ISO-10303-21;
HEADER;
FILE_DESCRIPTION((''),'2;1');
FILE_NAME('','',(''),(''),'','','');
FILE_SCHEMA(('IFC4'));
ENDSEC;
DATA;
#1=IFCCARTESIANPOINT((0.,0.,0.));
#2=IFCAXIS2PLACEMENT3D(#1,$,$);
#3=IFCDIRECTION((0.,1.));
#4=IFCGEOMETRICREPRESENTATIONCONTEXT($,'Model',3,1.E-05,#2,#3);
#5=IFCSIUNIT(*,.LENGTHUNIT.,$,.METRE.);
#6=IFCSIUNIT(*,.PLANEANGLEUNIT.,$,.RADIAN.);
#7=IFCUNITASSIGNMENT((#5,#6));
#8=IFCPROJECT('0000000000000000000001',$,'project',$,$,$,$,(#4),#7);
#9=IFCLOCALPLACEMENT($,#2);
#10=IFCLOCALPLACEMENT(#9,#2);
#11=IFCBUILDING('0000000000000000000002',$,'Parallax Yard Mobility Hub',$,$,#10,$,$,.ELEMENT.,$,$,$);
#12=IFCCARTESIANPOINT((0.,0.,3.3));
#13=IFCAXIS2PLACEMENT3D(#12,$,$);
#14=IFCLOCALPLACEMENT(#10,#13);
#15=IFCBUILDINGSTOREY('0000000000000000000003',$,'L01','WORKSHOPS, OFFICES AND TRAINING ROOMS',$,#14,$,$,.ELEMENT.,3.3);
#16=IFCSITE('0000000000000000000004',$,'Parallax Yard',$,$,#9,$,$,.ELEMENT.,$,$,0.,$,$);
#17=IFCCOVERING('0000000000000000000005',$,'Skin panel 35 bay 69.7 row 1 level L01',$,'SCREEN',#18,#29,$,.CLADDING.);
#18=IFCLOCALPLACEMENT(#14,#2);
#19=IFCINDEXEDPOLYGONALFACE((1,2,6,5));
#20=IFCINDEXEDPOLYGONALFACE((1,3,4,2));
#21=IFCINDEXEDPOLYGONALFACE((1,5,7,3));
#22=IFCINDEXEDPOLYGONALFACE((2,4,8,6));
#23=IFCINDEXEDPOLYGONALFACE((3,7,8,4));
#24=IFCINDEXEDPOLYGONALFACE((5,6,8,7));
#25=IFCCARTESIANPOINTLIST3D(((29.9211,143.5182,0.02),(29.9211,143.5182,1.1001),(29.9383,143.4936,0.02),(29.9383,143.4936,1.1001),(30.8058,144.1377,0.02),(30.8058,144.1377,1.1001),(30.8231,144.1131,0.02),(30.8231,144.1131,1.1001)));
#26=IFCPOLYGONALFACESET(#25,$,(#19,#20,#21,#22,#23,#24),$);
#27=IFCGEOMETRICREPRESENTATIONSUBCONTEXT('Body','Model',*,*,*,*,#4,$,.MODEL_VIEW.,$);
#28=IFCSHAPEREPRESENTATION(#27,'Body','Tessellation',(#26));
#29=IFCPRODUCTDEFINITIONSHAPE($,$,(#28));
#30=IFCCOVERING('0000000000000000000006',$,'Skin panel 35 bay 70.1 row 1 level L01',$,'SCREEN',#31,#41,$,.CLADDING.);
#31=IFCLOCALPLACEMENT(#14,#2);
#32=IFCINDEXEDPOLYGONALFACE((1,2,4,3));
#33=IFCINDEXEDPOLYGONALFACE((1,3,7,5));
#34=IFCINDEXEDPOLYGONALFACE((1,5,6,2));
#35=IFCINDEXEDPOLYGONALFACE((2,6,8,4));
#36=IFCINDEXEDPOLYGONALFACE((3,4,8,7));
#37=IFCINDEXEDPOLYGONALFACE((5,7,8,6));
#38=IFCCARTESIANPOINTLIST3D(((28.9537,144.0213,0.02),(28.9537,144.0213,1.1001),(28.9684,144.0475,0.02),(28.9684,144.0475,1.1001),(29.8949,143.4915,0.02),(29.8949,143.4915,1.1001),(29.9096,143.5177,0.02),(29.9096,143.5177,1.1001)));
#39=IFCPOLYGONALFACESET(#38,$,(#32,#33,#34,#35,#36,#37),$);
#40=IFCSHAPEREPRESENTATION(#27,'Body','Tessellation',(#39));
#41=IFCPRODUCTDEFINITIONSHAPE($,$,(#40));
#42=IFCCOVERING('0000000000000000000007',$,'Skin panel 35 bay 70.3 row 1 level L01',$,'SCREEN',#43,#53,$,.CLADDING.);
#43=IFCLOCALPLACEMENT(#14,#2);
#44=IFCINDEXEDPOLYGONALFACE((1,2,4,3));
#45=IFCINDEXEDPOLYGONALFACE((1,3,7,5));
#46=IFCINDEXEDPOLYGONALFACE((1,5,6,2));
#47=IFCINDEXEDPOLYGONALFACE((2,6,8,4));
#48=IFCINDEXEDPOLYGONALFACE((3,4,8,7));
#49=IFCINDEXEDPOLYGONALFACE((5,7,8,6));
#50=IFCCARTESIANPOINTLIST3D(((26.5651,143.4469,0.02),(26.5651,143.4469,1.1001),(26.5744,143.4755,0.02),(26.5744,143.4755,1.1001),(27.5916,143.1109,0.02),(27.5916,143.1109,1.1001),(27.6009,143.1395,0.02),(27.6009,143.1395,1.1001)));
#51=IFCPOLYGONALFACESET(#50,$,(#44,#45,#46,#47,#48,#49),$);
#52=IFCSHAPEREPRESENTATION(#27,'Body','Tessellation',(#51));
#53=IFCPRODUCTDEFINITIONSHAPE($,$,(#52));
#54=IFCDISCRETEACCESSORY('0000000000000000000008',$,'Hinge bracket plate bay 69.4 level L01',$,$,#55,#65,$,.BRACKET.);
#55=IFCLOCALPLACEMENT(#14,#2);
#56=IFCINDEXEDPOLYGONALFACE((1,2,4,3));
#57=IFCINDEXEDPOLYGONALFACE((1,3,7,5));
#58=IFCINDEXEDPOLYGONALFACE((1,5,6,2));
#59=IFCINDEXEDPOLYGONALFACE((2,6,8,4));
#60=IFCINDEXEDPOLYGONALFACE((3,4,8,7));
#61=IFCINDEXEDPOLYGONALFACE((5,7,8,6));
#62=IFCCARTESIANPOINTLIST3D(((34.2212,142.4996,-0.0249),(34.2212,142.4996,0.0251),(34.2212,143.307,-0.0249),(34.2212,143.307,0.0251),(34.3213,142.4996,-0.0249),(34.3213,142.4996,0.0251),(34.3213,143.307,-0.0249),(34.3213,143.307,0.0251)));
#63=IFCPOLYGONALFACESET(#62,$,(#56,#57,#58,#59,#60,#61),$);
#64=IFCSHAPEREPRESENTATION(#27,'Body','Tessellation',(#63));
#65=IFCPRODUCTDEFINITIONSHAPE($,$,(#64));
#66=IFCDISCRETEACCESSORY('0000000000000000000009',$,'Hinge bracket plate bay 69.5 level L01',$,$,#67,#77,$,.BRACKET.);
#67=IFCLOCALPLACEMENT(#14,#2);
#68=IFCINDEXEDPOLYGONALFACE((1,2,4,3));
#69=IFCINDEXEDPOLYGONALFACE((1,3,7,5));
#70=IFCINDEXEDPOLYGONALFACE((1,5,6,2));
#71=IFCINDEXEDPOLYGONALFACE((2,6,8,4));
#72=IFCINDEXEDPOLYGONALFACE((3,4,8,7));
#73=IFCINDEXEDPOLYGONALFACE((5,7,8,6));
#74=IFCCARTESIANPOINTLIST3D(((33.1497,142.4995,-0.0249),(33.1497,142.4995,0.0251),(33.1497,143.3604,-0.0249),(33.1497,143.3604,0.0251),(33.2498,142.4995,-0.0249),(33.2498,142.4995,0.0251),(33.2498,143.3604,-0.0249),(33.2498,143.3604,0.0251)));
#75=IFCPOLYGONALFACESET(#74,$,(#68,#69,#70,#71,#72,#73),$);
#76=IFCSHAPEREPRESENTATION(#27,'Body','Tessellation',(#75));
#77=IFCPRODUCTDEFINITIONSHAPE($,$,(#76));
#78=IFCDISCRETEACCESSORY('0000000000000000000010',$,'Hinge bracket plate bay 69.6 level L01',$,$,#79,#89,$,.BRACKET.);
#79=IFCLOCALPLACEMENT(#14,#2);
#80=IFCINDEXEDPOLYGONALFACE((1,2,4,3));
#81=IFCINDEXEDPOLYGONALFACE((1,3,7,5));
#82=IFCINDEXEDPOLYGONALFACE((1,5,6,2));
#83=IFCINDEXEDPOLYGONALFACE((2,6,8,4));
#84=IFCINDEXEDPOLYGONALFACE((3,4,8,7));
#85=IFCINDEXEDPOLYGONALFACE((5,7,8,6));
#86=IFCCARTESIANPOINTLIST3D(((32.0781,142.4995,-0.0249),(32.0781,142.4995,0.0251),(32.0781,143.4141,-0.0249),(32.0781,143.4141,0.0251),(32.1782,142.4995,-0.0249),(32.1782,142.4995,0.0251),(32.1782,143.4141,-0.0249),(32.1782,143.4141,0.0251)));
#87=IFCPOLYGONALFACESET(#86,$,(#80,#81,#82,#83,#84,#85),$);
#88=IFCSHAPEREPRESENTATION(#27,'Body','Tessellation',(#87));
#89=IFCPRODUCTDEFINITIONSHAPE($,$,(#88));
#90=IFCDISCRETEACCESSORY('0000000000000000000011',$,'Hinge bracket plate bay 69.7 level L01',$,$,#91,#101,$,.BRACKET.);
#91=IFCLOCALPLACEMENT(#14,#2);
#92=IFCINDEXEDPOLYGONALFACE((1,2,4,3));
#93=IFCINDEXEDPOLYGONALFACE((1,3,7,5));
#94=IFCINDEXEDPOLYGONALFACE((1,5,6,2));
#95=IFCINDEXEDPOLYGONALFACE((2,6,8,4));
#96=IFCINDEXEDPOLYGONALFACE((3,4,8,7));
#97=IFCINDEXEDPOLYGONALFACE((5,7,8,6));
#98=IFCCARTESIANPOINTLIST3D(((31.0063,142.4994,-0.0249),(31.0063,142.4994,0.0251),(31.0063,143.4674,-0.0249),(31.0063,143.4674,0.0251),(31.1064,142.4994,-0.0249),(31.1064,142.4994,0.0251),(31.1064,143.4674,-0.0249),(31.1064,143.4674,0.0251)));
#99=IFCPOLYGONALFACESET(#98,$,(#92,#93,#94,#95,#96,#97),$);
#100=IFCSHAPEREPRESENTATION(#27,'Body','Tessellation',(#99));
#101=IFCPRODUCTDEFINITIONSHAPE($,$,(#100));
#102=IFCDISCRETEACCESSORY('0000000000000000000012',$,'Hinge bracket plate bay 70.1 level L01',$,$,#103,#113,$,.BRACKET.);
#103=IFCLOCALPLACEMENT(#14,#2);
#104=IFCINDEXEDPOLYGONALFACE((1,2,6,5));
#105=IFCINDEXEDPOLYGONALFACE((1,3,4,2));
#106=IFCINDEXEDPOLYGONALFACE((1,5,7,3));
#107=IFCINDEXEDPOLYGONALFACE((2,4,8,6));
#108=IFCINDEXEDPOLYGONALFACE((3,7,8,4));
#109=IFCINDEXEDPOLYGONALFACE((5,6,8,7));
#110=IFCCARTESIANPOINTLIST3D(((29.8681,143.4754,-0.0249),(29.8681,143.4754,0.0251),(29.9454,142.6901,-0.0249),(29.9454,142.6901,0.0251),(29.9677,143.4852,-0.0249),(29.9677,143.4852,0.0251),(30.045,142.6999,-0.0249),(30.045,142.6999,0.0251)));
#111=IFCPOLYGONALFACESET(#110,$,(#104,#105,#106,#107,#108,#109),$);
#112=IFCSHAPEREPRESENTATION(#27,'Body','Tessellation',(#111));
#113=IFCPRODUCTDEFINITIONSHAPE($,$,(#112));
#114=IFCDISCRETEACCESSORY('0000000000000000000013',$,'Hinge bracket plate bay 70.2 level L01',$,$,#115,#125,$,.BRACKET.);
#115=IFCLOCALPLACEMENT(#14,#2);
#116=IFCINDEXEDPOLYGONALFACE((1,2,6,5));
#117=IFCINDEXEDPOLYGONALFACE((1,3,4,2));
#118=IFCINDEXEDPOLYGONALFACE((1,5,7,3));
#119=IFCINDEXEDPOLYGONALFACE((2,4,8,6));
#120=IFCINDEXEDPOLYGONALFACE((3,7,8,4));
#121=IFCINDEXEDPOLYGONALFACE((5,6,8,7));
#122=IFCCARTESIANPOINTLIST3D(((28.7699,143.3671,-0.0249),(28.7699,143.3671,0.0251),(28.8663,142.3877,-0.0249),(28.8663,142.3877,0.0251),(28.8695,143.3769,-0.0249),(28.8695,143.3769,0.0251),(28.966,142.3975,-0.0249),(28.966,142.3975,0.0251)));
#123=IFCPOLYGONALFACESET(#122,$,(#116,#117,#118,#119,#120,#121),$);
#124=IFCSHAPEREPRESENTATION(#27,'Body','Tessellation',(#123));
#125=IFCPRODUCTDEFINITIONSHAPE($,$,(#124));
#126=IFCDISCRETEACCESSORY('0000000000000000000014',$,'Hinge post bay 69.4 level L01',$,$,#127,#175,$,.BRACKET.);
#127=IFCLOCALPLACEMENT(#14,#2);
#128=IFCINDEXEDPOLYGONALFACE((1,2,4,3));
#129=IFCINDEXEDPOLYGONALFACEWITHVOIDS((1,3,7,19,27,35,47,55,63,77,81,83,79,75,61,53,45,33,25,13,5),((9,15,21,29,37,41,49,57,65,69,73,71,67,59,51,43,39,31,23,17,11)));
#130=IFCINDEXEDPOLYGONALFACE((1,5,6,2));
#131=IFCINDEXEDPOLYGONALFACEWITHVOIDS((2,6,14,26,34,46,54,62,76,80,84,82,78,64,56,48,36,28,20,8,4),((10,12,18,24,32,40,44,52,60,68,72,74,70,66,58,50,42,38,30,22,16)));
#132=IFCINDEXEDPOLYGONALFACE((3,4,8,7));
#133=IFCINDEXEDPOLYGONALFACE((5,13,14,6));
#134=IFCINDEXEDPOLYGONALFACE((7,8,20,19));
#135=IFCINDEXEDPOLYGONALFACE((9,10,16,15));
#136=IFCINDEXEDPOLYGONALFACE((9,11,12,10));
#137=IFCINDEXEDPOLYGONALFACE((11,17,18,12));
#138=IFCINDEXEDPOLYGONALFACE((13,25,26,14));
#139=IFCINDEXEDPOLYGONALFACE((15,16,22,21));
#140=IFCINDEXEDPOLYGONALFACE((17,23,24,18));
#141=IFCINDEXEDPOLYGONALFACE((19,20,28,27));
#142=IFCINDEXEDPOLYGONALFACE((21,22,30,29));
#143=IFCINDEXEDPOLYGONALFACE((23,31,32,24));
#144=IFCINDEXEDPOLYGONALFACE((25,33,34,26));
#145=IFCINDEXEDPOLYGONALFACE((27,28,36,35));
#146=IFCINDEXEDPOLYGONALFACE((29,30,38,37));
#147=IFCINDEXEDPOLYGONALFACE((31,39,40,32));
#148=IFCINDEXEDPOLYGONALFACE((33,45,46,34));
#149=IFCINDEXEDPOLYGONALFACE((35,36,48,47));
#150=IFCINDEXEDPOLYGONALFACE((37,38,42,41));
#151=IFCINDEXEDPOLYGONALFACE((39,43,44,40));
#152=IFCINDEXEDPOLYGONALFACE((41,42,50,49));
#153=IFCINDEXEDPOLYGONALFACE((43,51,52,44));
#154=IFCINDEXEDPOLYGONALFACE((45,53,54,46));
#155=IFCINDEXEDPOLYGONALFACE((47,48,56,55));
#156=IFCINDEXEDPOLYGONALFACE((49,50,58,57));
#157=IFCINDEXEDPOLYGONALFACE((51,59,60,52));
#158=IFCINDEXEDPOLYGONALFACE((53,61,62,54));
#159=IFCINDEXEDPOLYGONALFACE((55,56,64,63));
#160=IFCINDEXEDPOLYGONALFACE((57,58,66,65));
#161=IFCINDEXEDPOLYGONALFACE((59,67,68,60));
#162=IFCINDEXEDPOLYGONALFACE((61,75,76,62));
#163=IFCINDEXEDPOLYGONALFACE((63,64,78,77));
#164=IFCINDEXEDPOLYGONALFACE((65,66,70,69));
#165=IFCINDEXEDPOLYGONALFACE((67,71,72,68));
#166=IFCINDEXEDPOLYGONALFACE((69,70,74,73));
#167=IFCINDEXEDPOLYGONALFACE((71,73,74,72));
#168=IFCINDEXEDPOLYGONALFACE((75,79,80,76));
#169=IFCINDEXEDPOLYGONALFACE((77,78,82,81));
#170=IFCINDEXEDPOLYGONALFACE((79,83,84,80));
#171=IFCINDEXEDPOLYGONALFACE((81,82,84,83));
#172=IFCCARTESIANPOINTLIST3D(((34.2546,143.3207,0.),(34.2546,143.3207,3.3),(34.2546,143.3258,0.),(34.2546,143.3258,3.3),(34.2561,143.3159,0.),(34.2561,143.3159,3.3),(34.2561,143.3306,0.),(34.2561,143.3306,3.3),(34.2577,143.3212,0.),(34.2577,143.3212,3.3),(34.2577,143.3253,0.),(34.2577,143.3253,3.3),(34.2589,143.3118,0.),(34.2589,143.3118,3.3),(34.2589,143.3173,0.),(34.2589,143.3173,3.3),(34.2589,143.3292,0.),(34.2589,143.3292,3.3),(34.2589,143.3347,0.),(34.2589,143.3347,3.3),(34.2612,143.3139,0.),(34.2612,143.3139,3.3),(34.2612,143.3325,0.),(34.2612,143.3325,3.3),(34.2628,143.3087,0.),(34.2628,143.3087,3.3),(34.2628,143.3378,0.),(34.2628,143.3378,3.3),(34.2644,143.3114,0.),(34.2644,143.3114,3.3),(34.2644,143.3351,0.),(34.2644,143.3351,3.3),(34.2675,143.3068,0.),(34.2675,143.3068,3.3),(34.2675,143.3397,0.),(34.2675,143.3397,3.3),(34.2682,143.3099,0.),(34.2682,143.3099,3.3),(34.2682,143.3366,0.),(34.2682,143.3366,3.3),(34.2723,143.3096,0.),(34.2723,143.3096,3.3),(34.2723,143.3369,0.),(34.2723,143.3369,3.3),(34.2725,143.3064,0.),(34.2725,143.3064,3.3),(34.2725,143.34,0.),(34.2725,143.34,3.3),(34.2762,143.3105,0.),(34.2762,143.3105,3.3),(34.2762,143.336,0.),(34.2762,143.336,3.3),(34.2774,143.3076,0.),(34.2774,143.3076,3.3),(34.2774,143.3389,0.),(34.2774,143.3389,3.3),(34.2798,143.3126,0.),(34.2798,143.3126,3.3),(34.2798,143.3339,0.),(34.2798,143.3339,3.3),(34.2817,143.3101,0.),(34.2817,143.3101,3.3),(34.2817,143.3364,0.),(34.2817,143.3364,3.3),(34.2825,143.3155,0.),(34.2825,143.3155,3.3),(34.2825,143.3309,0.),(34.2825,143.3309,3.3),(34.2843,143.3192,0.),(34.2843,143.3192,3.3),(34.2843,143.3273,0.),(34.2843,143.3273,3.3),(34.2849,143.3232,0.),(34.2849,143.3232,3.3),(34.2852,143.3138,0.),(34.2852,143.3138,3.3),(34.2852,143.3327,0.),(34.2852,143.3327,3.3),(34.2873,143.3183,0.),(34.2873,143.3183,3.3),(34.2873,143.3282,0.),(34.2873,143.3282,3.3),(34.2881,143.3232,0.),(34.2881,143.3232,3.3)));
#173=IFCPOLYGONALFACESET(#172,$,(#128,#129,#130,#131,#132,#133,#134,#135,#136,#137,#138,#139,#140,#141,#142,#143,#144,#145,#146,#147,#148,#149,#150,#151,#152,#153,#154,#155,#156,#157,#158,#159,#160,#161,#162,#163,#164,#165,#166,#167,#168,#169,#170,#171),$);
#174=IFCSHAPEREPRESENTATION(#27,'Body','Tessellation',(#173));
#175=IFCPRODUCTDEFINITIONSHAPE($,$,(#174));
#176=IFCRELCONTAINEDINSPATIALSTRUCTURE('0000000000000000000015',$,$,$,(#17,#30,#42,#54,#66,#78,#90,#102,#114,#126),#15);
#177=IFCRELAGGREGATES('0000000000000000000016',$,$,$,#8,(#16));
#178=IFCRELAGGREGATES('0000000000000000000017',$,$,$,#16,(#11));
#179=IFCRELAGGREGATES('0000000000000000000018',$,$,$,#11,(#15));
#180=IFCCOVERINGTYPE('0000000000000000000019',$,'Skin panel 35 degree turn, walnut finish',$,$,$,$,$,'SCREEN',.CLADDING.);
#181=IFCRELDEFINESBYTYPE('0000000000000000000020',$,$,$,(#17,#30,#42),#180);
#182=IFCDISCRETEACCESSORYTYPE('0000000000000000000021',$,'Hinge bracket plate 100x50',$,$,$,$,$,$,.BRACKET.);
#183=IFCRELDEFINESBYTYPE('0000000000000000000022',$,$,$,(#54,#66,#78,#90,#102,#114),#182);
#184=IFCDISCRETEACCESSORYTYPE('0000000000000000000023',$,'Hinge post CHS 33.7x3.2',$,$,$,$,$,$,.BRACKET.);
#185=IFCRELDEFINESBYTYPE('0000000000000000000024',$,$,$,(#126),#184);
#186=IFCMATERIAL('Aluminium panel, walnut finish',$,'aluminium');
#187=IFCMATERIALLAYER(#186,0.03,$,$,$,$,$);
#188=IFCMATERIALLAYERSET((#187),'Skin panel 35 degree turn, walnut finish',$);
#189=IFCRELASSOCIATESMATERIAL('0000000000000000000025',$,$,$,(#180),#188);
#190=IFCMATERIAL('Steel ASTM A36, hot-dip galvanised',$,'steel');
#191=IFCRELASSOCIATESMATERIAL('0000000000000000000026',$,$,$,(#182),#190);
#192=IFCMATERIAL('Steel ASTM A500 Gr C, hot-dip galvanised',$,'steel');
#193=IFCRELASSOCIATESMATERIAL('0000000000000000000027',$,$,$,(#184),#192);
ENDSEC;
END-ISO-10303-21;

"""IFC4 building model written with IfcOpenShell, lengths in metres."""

from ifc_helpers import new_model, si_unit, direction, frame, origin, origin_2d, place, context, subcontext, project, spatial, rectangle, hollow_circle, extrude, material, layer, layer_set, material_profile, profile_set, type_object, element, save


model = new_model("IFC4")

# Units and contexts
model_context = context("Model", 3, precision=1e-05, world=origin(), true_north=direction((0.0, 1.0)))
body_context = subcontext(model_context, "Body", "Model", "MODEL_VIEW")
ifc_project = project(units=[si_unit("LENGTHUNIT", "METRE"), si_unit("PLANEANGLEUNIT", "RADIAN")], contexts=[model_context])

# Site, building, storey
site_placement = place(None, origin())
site = spatial("IfcSite", under=ifc_project, at=site_placement, Name="Parallax Yard", CompositionType="ELEMENT", RefElevation=0.0)
building_placement = place(site_placement, origin())
building = spatial("IfcBuilding", under=site, at=building_placement, Name="Parallax Yard Mobility Hub", CompositionType="ELEMENT")
storey_placement = place(building_placement, frame((0.0, 0.0, 3.3)))
storey = spatial("IfcBuildingStorey", under=building, at=storey_placement, Name="L01", Description="WORKSHOPS, OFFICES AND TRAINING ROOMS", CompositionType="ELEMENT", Elevation=3.3)

# Coverings
ifc_material_1 = material(Name="Aluminium panel, walnut finish", Category="aluminium")
ifc_layer_1 = layer(ifc_material_1, 0.03)
ifc_layer_set_1 = layer_set([ifc_layer_1], Name="Skin panel 35 degree turn, walnut finish")
covering_type_1 = type_object("IfcCoveringType", Name="Skin panel 35 degree turn, walnut finish", ElementType="SCREEN", PredefinedType="CLADDING", material=ifc_layer_set_1)
for number, where, z_axis, x_axis, name in (
    (1, (30.3721, 143.8157, 0.02), (0.0, 0.0, 1.0), (0.819152, 0.573576, 0.0), "Skin panel 35 bay 69.7 row 1 level L01"),
    (2, (29.4316, 143.7695, 0.02), (0.0, 0.0, 1.0), (-0.871428, 0.490524, 0.0), "Skin panel 35 bay 70.1 row 1 level L01"),
    (3, (27.083, 143.2932, 0.02), (0.0, 0.0, 1.0), (-0.95038, 0.311091, 0.0), "Skin panel 35 bay 70.3 row 1 level L01"),
):
    element("IfcCovering", number, at=place(storey_placement, frame(where, z_axis=z_axis, x_axis=x_axis)), inside=storey, type_object=covering_type_1, Name=name, ObjectType="SCREEN", PredefinedType="CLADDING", context=body_context, shape_type="SweptSolid", body=[
        extrude(rectangle(XDim=1.0801, YDim=0.03, at=origin_2d()), origin(), (0.0, 0.0, 1.0), 1.0801),
    ])

# Discrete accessories
ifc_material_2 = material(Name="Steel ASTM A36, hot-dip galvanised", Category="steel")
discrete_accessory_type_1 = type_object("IfcDiscreteAccessoryType", Name="Hinge bracket plate 100x50", PredefinedType="BRACKET", material=ifc_material_2)
discrete_accessory_1_placement = place(storey_placement, frame((34.2712, 142.9033, -0.0249), z_axis=(0.0, 0.0, 1.0), x_axis=(0.0, 1.0, 0.0)))
element("IfcDiscreteAccessory", 4, at=discrete_accessory_1_placement, inside=storey, type_object=discrete_accessory_type_1, Name="Hinge bracket plate bay 69.4 level L01", PredefinedType="BRACKET", context=body_context, shape_type="SweptSolid", body=[
    extrude(rectangle(XDim=0.8074, YDim=0.1001, at=origin_2d()), origin(), (0.0, 0.0, 1.0), 0.05),
])
discrete_accessory_2_placement = place(storey_placement, frame((33.1997, 142.9299, -0.0249), z_axis=(0.0, 0.0, 1.0), x_axis=(0.0, 1.0, 0.0)))
element("IfcDiscreteAccessory", 5, at=discrete_accessory_2_placement, inside=storey, type_object=discrete_accessory_type_1, Name="Hinge bracket plate bay 69.5 level L01", PredefinedType="BRACKET", context=body_context, shape_type="SweptSolid", body=[
    extrude(rectangle(XDim=0.8608, YDim=0.1001, at=origin_2d()), origin(), (0.0, 0.0, 1.0), 0.05),
])
discrete_accessory_3_placement = place(storey_placement, frame((32.1282, 142.9568, -0.0249), z_axis=(0.0, 0.0, 1.0), x_axis=(0.0, 1.0, 0.0)))
element("IfcDiscreteAccessory", 6, at=discrete_accessory_3_placement, inside=storey, type_object=discrete_accessory_type_1, Name="Hinge bracket plate bay 69.6 level L01", PredefinedType="BRACKET", context=body_context, shape_type="SweptSolid", body=[
    extrude(rectangle(XDim=0.9146, YDim=0.1001, at=origin_2d()), origin(), (0.0, 0.0, 1.0), 0.05),
])
discrete_accessory_4_placement = place(storey_placement, frame((31.0564, 142.9834, -0.0249), z_axis=(0.0, 0.0, 1.0), x_axis=(0.0, 1.0, 0.0)))
element("IfcDiscreteAccessory", 7, at=discrete_accessory_4_placement, inside=storey, type_object=discrete_accessory_type_1, Name="Hinge bracket plate bay 69.7 level L01", PredefinedType="BRACKET", context=body_context, shape_type="SweptSolid", body=[
    extrude(rectangle(XDim=0.968, YDim=0.1001, at=origin_2d()), origin(), (0.0, 0.0, 1.0), 0.05),
])
discrete_accessory_5_placement = place(storey_placement, frame((29.9565, 143.0876, -0.0249), z_axis=(0.0, 0.0, 1.0), x_axis=(-0.098017, 0.995185, 0.0)))
element("IfcDiscreteAccessory", 8, at=discrete_accessory_5_placement, inside=storey, type_object=discrete_accessory_type_1, Name="Hinge bracket plate bay 70.1 level L01", PredefinedType="BRACKET", context=body_context, shape_type="SweptSolid", body=[
    extrude(rectangle(XDim=0.7891, YDim=0.1001, at=origin_2d()), origin(), (0.0, 0.0, 1.0), 0.05),
])
discrete_accessory_6_placement = place(storey_placement, frame((28.8679, 142.8823, -0.0249), z_axis=(0.0, 0.0, 1.0), x_axis=(-0.098017, 0.995185, 0.0)))
element("IfcDiscreteAccessory", 9, at=discrete_accessory_6_placement, inside=storey, type_object=discrete_accessory_type_1, Name="Hinge bracket plate bay 70.2 level L01", PredefinedType="BRACKET", context=body_context, shape_type="SweptSolid", body=[
    extrude(rectangle(XDim=0.9841, YDim=0.1001, at=origin_2d()), origin(), (0.0, 0.0, 1.0), 0.05),
])
ifc_material_3 = material(Name="Steel ASTM A500 Gr C, hot-dip galvanised", Category="steel")
ifc_material_profile = material_profile(ifc_material_3, hollow_circle(Radius=0.0168, WallThickness=0.0032, at=origin_2d()), Name="CHS 33.7x3.2")
ifc_profile_set = profile_set([ifc_material_profile], Name="Steel ASTM A500 Gr C, hot-dip galvanised")
discrete_accessory_type_2 = type_object("IfcDiscreteAccessoryType", Name="Hinge post CHS 33.7x3.2", PredefinedType="BRACKET", material=ifc_profile_set)
for number, where, z_axis, x_axis, name in (
    (10, (34.2712, 143.3232, 0.0), (0.0, 0.0, 1.0), (1.0, 0.0, 0.0), "Hinge post bay 69.4 level L01"),
):
    element("IfcDiscreteAccessory", number, at=place(storey_placement, frame(where, z_axis=z_axis, x_axis=x_axis)), inside=storey, type_object=discrete_accessory_type_2, Name=name, PredefinedType="BRACKET", context=body_context, shape_type="SweptSolid", body=[
        extrude(hollow_circle(Radius=0.0168, WallThickness=0.0032, at=origin_2d()), origin(), (0.0, 0.0, 1.0), 3.3),
    ])

save(model, "model.ifc")
